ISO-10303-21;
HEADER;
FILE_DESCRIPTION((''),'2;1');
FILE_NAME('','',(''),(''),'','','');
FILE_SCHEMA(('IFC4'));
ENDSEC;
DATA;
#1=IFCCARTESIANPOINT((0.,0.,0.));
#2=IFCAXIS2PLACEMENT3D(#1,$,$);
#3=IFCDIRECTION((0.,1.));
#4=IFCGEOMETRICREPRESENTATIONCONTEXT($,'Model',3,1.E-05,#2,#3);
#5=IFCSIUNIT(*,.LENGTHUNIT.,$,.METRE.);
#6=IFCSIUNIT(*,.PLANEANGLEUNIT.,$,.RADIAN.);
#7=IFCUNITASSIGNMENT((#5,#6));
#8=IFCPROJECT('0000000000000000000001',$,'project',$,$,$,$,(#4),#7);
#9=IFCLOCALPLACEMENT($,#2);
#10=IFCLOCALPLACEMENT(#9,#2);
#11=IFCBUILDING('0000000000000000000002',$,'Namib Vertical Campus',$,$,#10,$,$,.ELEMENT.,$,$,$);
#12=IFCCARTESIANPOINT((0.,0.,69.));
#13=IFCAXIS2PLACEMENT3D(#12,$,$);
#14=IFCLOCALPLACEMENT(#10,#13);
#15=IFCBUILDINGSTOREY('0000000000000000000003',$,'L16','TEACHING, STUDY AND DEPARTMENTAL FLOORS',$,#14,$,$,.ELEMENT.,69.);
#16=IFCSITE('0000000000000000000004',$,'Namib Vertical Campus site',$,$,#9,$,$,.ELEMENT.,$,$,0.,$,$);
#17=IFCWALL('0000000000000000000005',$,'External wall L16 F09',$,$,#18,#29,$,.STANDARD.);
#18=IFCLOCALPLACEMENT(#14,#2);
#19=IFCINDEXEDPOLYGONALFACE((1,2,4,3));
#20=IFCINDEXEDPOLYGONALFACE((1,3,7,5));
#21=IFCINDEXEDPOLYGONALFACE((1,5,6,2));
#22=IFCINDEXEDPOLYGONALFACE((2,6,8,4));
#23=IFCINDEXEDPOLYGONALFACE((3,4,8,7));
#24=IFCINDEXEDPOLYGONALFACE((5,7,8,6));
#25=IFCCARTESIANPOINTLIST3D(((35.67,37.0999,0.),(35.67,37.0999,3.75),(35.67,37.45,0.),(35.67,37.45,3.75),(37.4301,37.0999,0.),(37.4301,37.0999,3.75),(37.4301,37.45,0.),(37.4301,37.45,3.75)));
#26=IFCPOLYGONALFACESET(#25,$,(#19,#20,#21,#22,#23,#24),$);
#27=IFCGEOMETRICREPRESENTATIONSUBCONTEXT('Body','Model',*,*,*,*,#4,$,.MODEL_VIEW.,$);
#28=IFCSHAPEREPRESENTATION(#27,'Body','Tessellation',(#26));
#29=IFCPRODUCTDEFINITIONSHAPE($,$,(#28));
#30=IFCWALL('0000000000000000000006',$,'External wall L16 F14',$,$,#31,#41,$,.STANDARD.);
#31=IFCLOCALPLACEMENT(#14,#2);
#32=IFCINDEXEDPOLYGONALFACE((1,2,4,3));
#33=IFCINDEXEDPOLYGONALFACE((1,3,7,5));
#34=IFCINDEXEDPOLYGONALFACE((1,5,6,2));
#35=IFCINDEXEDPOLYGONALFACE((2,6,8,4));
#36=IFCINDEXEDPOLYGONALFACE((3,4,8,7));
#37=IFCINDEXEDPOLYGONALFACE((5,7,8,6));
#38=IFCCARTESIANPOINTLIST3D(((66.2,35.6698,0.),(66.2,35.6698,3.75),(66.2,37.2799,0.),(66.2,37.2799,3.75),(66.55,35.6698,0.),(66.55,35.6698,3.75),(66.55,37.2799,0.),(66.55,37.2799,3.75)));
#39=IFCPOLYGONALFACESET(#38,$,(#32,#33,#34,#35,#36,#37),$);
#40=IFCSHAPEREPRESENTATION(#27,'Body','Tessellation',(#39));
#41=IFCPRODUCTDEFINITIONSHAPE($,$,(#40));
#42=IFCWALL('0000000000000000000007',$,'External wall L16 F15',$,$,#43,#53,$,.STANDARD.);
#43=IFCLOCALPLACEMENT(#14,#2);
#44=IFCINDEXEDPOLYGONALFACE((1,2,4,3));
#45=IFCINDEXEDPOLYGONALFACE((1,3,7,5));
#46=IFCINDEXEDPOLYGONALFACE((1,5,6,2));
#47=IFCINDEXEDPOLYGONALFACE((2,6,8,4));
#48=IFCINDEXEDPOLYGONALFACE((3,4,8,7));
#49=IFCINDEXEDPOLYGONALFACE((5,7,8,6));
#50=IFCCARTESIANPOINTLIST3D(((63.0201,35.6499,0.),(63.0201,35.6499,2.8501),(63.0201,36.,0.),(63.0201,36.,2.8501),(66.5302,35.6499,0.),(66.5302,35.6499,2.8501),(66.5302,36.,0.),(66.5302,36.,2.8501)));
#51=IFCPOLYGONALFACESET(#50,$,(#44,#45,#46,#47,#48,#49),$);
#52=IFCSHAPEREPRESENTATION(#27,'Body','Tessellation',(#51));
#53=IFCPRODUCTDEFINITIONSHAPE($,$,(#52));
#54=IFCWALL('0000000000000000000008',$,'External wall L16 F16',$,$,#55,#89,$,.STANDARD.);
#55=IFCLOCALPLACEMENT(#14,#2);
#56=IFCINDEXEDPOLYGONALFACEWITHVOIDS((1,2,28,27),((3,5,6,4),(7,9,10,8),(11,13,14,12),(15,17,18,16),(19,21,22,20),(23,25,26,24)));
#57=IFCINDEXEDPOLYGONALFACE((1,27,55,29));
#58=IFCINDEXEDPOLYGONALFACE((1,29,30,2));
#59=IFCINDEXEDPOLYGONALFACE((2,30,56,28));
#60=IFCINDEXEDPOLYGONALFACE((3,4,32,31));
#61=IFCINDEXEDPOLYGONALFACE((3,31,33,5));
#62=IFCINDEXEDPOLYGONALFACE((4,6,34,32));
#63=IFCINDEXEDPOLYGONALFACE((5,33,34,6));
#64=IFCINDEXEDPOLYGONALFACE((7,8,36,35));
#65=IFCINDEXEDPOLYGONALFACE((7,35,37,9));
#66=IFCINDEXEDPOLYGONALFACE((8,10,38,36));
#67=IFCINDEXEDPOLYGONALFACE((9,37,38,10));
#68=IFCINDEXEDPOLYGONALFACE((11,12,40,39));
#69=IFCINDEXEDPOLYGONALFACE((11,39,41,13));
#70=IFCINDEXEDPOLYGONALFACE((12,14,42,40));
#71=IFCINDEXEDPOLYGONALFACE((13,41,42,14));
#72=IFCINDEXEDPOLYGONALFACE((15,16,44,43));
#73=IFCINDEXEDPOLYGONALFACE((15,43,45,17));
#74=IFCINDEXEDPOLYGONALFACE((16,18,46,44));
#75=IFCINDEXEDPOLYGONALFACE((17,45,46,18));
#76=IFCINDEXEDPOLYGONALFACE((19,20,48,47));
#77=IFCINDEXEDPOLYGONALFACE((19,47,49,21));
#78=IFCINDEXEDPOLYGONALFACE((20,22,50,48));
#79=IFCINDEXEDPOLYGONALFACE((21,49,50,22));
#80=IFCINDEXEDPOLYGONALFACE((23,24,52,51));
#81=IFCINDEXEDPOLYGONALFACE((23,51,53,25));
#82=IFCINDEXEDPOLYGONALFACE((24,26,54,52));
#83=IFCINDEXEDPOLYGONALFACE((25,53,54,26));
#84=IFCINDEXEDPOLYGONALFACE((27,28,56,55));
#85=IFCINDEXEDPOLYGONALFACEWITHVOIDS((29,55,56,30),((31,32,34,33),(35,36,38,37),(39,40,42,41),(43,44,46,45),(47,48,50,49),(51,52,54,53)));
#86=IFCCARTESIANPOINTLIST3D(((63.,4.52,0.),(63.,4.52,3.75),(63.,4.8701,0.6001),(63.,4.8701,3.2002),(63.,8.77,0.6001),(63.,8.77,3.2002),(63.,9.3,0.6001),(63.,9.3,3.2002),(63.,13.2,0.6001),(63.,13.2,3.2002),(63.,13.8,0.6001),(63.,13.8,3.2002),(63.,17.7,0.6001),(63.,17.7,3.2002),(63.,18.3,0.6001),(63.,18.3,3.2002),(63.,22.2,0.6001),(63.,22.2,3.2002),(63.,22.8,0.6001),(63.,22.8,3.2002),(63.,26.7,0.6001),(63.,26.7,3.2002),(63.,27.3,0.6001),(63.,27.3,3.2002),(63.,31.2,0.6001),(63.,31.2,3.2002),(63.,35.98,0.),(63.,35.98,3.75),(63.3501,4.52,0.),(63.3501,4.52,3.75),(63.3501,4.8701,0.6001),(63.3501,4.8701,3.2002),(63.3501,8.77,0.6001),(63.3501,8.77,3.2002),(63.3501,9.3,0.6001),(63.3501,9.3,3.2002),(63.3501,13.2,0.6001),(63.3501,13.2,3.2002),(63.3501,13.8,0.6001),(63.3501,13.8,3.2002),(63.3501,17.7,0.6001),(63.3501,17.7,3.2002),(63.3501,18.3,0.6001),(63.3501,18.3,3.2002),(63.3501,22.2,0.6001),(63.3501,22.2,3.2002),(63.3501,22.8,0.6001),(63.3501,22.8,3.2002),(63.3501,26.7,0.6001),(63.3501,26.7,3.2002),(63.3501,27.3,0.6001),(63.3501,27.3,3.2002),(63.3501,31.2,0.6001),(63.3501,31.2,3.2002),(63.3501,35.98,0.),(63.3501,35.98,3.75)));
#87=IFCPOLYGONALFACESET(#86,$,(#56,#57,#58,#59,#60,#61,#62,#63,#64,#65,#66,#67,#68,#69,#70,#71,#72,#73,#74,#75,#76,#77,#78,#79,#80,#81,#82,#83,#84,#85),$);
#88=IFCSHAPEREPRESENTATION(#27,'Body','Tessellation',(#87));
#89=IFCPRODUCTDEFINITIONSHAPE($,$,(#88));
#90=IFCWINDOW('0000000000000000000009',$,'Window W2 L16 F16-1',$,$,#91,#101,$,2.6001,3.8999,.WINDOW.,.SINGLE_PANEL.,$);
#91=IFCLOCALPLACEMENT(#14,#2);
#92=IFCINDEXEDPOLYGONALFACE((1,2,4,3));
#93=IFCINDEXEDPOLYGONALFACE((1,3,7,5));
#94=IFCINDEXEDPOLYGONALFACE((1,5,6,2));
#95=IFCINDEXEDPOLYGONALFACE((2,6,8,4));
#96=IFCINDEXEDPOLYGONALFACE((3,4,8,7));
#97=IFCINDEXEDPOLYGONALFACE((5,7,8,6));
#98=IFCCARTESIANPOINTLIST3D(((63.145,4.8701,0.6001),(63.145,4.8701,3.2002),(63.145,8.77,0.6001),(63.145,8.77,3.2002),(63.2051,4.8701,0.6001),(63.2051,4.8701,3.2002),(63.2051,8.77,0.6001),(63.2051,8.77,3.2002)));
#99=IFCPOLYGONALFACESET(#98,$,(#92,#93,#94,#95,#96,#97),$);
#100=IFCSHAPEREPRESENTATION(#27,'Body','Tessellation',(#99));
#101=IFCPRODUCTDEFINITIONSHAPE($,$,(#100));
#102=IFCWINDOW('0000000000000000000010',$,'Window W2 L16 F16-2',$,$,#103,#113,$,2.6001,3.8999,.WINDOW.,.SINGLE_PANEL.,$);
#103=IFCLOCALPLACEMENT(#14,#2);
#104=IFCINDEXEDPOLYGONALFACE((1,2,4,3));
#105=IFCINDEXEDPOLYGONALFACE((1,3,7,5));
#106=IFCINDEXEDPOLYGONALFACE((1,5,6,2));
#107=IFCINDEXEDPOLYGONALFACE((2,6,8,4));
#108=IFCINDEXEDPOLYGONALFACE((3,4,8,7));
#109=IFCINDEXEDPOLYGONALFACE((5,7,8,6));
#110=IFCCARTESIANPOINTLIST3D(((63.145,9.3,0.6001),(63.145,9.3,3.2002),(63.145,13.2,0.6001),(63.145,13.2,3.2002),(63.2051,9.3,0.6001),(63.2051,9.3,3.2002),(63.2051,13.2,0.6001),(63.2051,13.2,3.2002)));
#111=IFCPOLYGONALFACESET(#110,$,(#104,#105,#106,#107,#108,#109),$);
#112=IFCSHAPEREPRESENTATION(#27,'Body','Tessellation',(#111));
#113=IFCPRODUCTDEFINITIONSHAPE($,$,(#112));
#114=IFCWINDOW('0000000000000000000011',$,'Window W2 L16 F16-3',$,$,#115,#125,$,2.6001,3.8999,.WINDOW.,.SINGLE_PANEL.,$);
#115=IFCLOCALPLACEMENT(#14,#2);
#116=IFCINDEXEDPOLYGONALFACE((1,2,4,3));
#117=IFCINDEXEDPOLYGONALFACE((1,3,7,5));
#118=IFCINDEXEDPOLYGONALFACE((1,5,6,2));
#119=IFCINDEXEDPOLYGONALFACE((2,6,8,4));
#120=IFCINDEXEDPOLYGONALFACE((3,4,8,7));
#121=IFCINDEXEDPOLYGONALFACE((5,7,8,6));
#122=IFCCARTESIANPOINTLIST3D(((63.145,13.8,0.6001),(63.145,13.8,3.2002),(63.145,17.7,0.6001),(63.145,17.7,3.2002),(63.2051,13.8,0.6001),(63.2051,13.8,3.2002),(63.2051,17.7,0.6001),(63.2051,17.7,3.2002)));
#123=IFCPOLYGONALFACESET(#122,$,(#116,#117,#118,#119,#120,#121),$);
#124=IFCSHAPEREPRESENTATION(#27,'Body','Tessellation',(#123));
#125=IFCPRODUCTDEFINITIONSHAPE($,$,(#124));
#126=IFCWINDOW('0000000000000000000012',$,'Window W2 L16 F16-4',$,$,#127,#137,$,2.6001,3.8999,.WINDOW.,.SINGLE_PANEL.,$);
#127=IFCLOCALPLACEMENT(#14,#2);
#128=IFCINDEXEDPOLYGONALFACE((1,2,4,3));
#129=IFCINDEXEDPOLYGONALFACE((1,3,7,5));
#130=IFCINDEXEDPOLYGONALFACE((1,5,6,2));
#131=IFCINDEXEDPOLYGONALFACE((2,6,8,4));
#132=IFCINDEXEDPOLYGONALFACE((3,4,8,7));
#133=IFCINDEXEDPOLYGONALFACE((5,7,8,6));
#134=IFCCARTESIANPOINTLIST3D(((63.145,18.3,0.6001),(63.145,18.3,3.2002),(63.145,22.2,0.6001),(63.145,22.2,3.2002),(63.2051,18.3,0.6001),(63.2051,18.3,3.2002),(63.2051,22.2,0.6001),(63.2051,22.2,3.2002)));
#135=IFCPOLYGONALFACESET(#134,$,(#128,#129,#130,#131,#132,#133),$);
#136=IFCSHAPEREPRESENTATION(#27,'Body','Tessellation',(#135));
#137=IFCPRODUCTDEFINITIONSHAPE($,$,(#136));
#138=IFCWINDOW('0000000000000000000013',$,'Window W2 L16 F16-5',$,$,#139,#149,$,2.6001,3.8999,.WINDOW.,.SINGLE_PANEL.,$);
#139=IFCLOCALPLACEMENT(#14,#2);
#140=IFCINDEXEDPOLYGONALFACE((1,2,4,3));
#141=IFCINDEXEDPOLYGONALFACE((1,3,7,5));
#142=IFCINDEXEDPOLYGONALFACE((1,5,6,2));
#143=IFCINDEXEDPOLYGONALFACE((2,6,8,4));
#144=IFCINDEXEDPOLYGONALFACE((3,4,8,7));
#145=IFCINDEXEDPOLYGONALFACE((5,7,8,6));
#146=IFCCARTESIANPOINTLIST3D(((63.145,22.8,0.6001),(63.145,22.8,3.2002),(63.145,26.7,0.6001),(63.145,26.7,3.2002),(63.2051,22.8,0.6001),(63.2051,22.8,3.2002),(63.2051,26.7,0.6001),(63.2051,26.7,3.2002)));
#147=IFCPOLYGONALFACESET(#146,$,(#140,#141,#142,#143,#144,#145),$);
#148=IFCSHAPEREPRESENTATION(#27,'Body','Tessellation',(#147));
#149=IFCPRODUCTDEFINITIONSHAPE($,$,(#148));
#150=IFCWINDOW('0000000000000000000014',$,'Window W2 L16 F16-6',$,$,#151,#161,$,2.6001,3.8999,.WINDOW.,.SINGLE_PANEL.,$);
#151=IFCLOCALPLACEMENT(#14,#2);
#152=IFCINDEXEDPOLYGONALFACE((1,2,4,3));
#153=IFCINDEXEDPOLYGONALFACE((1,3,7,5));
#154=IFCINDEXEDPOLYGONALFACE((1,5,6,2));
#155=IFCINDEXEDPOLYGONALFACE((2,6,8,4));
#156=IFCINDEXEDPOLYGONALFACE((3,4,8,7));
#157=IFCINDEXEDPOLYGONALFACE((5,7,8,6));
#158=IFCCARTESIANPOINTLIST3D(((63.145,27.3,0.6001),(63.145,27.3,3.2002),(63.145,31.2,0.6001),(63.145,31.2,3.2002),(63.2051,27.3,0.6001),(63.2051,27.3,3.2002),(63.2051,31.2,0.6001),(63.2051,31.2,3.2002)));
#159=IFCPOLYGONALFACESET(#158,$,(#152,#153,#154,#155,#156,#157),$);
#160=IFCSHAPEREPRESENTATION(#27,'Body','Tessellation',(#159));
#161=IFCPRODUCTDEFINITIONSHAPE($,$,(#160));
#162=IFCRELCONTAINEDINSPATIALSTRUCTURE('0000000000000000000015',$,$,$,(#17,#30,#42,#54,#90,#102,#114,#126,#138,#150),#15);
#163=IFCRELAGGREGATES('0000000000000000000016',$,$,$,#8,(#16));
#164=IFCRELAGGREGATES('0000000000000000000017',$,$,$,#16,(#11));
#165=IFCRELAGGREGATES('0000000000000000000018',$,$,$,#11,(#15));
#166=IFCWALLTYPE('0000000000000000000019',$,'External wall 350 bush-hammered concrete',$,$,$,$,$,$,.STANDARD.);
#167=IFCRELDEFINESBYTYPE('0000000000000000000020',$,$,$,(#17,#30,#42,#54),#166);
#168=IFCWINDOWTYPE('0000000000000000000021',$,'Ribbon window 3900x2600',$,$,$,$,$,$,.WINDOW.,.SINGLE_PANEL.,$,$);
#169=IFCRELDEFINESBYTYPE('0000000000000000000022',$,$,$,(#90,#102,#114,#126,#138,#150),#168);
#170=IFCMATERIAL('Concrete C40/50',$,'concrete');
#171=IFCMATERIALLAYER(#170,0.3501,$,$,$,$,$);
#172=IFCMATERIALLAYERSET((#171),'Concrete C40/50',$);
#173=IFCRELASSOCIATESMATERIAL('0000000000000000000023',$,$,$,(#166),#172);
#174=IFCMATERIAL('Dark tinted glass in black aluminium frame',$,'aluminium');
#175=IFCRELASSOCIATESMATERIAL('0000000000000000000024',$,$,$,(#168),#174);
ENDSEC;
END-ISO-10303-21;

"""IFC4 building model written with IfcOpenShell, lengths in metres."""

from ifc_helpers import new_model, si_unit, direction, frame, frame_2d, origin, place, context, subcontext, project, spatial, rectangle, extrude, material, layer, layer_set, type_object, element, fill, save


model = new_model("IFC4")

# Units and contexts
model_context = context("Model", 3, precision=1e-05, world=origin(), true_north=direction((0.0, 1.0)))
body_context = subcontext(model_context, "Body", "Model", "MODEL_VIEW")
ifc_project = project(units=[si_unit("LENGTHUNIT", "METRE"), si_unit("PLANEANGLEUNIT", "RADIAN")], contexts=[model_context])

# Site, building, storey
site_placement = place(None, origin())
site = spatial("IfcSite", under=ifc_project, at=site_placement, Name="Namib Vertical Campus site", CompositionType="ELEMENT", RefElevation=0.0)
building_placement = place(site_placement, origin())
building = spatial("IfcBuilding", under=site, at=building_placement, Name="Namib Vertical Campus", CompositionType="ELEMENT")
storey_placement = place(building_placement, frame((0.0, 0.0, 69.0)))
storey = spatial("IfcBuildingStorey", under=building, at=storey_placement, Name="L16", Description="TEACHING, STUDY AND DEPARTMENTAL FLOORS", CompositionType="ELEMENT", Elevation=69.0)

# Walls
ifc_material_1 = material(Name="Concrete C40/50", Category="concrete")
ifc_layer_1 = layer(ifc_material_1, 0.3501)
ifc_layer_set_1 = layer_set([ifc_layer_1], Name="Concrete C40/50")
wall_type_1 = type_object("IfcWallType", Name="External wall 350 bush-hammered concrete", PredefinedType="STANDARD", material=ifc_layer_set_1)
for number, where, z_axis, x_axis, name in (
    (1, (37.4299, 37.2749, 0.0), (0.0, 0.0, 1.0), (-1.0, 0.0, 0.0), "External wall L16 F09"),
):
    element("IfcWall", number, at=place(storey_placement, frame(where, z_axis=z_axis, x_axis=x_axis)), inside=storey, type_object=wall_type_1, Name=name, PredefinedType="STANDARD", context=body_context, shape_type="SweptSolid", body=[
        extrude(rectangle(XDim=1.76, YDim=0.3501, at=frame_2d((0.8799, 0.0))), origin(), (0.0, 0.0, 1.0), 3.75),
    ])
wall_1_placement = place(storey_placement, frame((66.375, 37.28, 0.0), z_axis=(0.0, 0.0, 1.0), x_axis=(0.0, -1.0, 0.0)))
element("IfcWall", 2, at=wall_1_placement, inside=storey, type_object=wall_type_1, Name="External wall L16 F14", PredefinedType="STANDARD", context=body_context, shape_type="SweptSolid", body=[
    extrude(rectangle(XDim=1.6101, YDim=0.3501, at=frame_2d((0.8052, 0.0))), origin(), (0.0, 0.0, 1.0), 3.75),
])
wall_2_placement = place(storey_placement, frame((66.53, 35.825, 0.0), z_axis=(0.0, 0.0, 1.0), x_axis=(-1.0, 0.0, 0.0)))
element("IfcWall", 3, at=wall_2_placement, inside=storey, type_object=wall_type_1, Name="External wall L16 F15", PredefinedType="STANDARD", context=body_context, shape_type="SweptSolid", body=[
    extrude(rectangle(XDim=3.51, YDim=0.3501, at=frame_2d((1.7549, 0.0))), origin(), (0.0, 0.0, 1.0), 2.8501),
])

# Wall, openings, windows
wall_3_placement = place(storey_placement, frame((63.175, 35.98, 0.0), z_axis=(0.0, 0.0, 1.0), x_axis=(0.0, -1.0, 0.0)))
wall_3 = element("IfcWall", 4, at=wall_3_placement, inside=storey, type_object=wall_type_1, Name="External wall L16 F16", PredefinedType="STANDARD", context=body_context, shape_type="SweptSolid", body=[
    extrude(rectangle(XDim=31.46, YDim=0.3501, at=frame_2d((15.73, 0.0))), origin(), (0.0, 0.0, 1.0), 3.75),
])
opening_1_placement = place(wall_3_placement, frame((27.21, 0.0, 0.6001)))
opening_1 = element("IfcOpeningElement", 5, at=opening_1_placement, cuts=wall_3, PredefinedType="OPENING", context=body_context, shape_type="SweptSolid", body=[
    extrude(rectangle(XDim=3.8999, YDim=2.6001, at=frame_2d((1.95, 1.3))), frame((0.0, 0.1851, 0.0), z_axis=(0.0, -1.0, 0.0), x_axis=(1.0, 0.0, 0.0)), (0.0, 0.0, 1.0), 0.3701),
])
opening_2_placement = place(wall_3_placement, frame((22.78, 0.0, 0.6001)))
opening_2 = element("IfcOpeningElement", 6, at=opening_2_placement, cuts=wall_3, PredefinedType="OPENING", context=body_context, shape_type="SweptSolid", body=[
    extrude(rectangle(XDim=3.8999, YDim=2.6001, at=frame_2d((1.95, 1.3))), frame((0.0, 0.1851, 0.0), z_axis=(0.0, -1.0, 0.0), x_axis=(1.0, 0.0, 0.0)), (0.0, 0.0, 1.0), 0.3701),
])
opening_3_placement = place(wall_3_placement, frame((18.28, 0.0, 0.6001)))
opening_3 = element("IfcOpeningElement", 7, at=opening_3_placement, cuts=wall_3, PredefinedType="OPENING", context=body_context, shape_type="SweptSolid", body=[
    extrude(rectangle(XDim=3.8999, YDim=2.6001, at=frame_2d((1.95, 1.3))), frame((0.0, 0.1851, 0.0), z_axis=(0.0, -1.0, 0.0), x_axis=(1.0, 0.0, 0.0)), (0.0, 0.0, 1.0), 0.3701),
])
opening_4_placement = place(wall_3_placement, frame((13.78, 0.0, 0.6001)))
opening_4 = element("IfcOpeningElement", 8, at=opening_4_placement, cuts=wall_3, PredefinedType="OPENING", context=body_context, shape_type="SweptSolid", body=[
    extrude(rectangle(XDim=3.8999, YDim=2.6001, at=frame_2d((1.95, 1.3))), frame((0.0, 0.1851, 0.0), z_axis=(0.0, -1.0, 0.0), x_axis=(1.0, 0.0, 0.0)), (0.0, 0.0, 1.0), 0.3701),
])
opening_5_placement = place(wall_3_placement, frame((9.28, 0.0, 0.6001)))
opening_5 = element("IfcOpeningElement", 9, at=opening_5_placement, cuts=wall_3, PredefinedType="OPENING", context=body_context, shape_type="SweptSolid", body=[
    extrude(rectangle(XDim=3.8999, YDim=2.6001, at=frame_2d((1.95, 1.3))), frame((0.0, 0.1851, 0.0), z_axis=(0.0, -1.0, 0.0), x_axis=(1.0, 0.0, 0.0)), (0.0, 0.0, 1.0), 0.3701),
])
opening_6_placement = place(wall_3_placement, frame((4.78, 0.0, 0.6001)))
opening_6 = element("IfcOpeningElement", 10, at=opening_6_placement, cuts=wall_3, PredefinedType="OPENING", context=body_context, shape_type="SweptSolid", body=[
    extrude(rectangle(XDim=3.8999, YDim=2.6001, at=frame_2d((1.95, 1.3))), frame((0.0, 0.1851, 0.0), z_axis=(0.0, -1.0, 0.0), x_axis=(1.0, 0.0, 0.0)), (0.0, 0.0, 1.0), 0.3701),
])
ifc_material_2 = material(Name="Dark tinted glass in black aluminium frame", Category="aluminium")
window_type = type_object("IfcWindowType", Name="Ribbon window 3900x2600", PartitioningType="SINGLE_PANEL", PredefinedType="WINDOW", material=ifc_material_2)
window_1_placement = place(opening_1_placement, origin())
window_1 = element("IfcWindow", 11, at=window_1_placement, inside=storey, type_object=window_type, Name="Window W2 L16 F16-1", OverallHeight=2.6001, OverallWidth=3.8999, PartitioningType="SINGLE_PANEL", PredefinedType="WINDOW", context=body_context, shape_type="SweptSolid", body=[
    extrude(rectangle(XDim=3.8999, YDim=2.6001, at=frame_2d((1.95, 1.3))), frame((0.0, 0.03, 0.0), z_axis=(0.0, -1.0, 0.0), x_axis=(1.0, 0.0, 0.0)), (0.0, 0.0, 1.0), 0.0601),
])
fill(opening_1, window_1)
window_2_placement = place(opening_2_placement, origin())
window_2 = element("IfcWindow", 12, at=window_2_placement, inside=storey, type_object=window_type, Name="Window W2 L16 F16-2", OverallHeight=2.6001, OverallWidth=3.8999, PartitioningType="SINGLE_PANEL", PredefinedType="WINDOW", context=body_context, shape_type="SweptSolid", body=[
    extrude(rectangle(XDim=3.8999, YDim=2.6001, at=frame_2d((1.95, 1.3))), frame((0.0, 0.03, 0.0), z_axis=(0.0, -1.0, 0.0), x_axis=(1.0, 0.0, 0.0)), (0.0, 0.0, 1.0), 0.0601),
])
fill(opening_2, window_2)
window_3_placement = place(opening_3_placement, origin())
window_3 = element("IfcWindow", 13, at=window_3_placement, inside=storey, type_object=window_type, Name="Window W2 L16 F16-3", OverallHeight=2.6001, OverallWidth=3.8999, PartitioningType="SINGLE_PANEL", PredefinedType="WINDOW", context=body_context, shape_type="SweptSolid", body=[
    extrude(rectangle(XDim=3.8999, YDim=2.6001, at=frame_2d((1.95, 1.3))), frame((0.0, 0.03, 0.0), z_axis=(0.0, -1.0, 0.0), x_axis=(1.0, 0.0, 0.0)), (0.0, 0.0, 1.0), 0.0601),
])
fill(opening_3, window_3)
window_4_placement = place(opening_4_placement, origin())
window_4 = element("IfcWindow", 14, at=window_4_placement, inside=storey, type_object=window_type, Name="Window W2 L16 F16-4", OverallHeight=2.6001, OverallWidth=3.8999, PartitioningType="SINGLE_PANEL", PredefinedType="WINDOW", context=body_context, shape_type="SweptSolid", body=[
    extrude(rectangle(XDim=3.8999, YDim=2.6001, at=frame_2d((1.95, 1.3))), frame((0.0, 0.03, 0.0), z_axis=(0.0, -1.0, 0.0), x_axis=(1.0, 0.0, 0.0)), (0.0, 0.0, 1.0), 0.0601),
])
fill(opening_4, window_4)
window_5_placement = place(opening_5_placement, origin())
window_5 = element("IfcWindow", 15, at=window_5_placement, inside=storey, type_object=window_type, Name="Window W2 L16 F16-5", OverallHeight=2.6001, OverallWidth=3.8999, PartitioningType="SINGLE_PANEL", PredefinedType="WINDOW", context=body_context, shape_type="SweptSolid", body=[
    extrude(rectangle(XDim=3.8999, YDim=2.6001, at=frame_2d((1.95, 1.3))), frame((0.0, 0.03, 0.0), z_axis=(0.0, -1.0, 0.0), x_axis=(1.0, 0.0, 0.0)), (0.0, 0.0, 1.0), 0.0601),
])
fill(opening_5, window_5)
window_6_placement = place(opening_6_placement, origin())
window_6 = element("IfcWindow", 16, at=window_6_placement, inside=storey, type_object=window_type, Name="Window W2 L16 F16-6", OverallHeight=2.6001, OverallWidth=3.8999, PartitioningType="SINGLE_PANEL", PredefinedType="WINDOW", context=body_context, shape_type="SweptSolid", body=[
    extrude(rectangle(XDim=3.8999, YDim=2.6001, at=frame_2d((1.95, 1.3))), frame((0.0, 0.03, 0.0), z_axis=(0.0, -1.0, 0.0), x_axis=(1.0, 0.0, 0.0)), (0.0, 0.0, 1.0), 0.0601),
])
fill(opening_6, window_6)

save(model, "model.ifc")
